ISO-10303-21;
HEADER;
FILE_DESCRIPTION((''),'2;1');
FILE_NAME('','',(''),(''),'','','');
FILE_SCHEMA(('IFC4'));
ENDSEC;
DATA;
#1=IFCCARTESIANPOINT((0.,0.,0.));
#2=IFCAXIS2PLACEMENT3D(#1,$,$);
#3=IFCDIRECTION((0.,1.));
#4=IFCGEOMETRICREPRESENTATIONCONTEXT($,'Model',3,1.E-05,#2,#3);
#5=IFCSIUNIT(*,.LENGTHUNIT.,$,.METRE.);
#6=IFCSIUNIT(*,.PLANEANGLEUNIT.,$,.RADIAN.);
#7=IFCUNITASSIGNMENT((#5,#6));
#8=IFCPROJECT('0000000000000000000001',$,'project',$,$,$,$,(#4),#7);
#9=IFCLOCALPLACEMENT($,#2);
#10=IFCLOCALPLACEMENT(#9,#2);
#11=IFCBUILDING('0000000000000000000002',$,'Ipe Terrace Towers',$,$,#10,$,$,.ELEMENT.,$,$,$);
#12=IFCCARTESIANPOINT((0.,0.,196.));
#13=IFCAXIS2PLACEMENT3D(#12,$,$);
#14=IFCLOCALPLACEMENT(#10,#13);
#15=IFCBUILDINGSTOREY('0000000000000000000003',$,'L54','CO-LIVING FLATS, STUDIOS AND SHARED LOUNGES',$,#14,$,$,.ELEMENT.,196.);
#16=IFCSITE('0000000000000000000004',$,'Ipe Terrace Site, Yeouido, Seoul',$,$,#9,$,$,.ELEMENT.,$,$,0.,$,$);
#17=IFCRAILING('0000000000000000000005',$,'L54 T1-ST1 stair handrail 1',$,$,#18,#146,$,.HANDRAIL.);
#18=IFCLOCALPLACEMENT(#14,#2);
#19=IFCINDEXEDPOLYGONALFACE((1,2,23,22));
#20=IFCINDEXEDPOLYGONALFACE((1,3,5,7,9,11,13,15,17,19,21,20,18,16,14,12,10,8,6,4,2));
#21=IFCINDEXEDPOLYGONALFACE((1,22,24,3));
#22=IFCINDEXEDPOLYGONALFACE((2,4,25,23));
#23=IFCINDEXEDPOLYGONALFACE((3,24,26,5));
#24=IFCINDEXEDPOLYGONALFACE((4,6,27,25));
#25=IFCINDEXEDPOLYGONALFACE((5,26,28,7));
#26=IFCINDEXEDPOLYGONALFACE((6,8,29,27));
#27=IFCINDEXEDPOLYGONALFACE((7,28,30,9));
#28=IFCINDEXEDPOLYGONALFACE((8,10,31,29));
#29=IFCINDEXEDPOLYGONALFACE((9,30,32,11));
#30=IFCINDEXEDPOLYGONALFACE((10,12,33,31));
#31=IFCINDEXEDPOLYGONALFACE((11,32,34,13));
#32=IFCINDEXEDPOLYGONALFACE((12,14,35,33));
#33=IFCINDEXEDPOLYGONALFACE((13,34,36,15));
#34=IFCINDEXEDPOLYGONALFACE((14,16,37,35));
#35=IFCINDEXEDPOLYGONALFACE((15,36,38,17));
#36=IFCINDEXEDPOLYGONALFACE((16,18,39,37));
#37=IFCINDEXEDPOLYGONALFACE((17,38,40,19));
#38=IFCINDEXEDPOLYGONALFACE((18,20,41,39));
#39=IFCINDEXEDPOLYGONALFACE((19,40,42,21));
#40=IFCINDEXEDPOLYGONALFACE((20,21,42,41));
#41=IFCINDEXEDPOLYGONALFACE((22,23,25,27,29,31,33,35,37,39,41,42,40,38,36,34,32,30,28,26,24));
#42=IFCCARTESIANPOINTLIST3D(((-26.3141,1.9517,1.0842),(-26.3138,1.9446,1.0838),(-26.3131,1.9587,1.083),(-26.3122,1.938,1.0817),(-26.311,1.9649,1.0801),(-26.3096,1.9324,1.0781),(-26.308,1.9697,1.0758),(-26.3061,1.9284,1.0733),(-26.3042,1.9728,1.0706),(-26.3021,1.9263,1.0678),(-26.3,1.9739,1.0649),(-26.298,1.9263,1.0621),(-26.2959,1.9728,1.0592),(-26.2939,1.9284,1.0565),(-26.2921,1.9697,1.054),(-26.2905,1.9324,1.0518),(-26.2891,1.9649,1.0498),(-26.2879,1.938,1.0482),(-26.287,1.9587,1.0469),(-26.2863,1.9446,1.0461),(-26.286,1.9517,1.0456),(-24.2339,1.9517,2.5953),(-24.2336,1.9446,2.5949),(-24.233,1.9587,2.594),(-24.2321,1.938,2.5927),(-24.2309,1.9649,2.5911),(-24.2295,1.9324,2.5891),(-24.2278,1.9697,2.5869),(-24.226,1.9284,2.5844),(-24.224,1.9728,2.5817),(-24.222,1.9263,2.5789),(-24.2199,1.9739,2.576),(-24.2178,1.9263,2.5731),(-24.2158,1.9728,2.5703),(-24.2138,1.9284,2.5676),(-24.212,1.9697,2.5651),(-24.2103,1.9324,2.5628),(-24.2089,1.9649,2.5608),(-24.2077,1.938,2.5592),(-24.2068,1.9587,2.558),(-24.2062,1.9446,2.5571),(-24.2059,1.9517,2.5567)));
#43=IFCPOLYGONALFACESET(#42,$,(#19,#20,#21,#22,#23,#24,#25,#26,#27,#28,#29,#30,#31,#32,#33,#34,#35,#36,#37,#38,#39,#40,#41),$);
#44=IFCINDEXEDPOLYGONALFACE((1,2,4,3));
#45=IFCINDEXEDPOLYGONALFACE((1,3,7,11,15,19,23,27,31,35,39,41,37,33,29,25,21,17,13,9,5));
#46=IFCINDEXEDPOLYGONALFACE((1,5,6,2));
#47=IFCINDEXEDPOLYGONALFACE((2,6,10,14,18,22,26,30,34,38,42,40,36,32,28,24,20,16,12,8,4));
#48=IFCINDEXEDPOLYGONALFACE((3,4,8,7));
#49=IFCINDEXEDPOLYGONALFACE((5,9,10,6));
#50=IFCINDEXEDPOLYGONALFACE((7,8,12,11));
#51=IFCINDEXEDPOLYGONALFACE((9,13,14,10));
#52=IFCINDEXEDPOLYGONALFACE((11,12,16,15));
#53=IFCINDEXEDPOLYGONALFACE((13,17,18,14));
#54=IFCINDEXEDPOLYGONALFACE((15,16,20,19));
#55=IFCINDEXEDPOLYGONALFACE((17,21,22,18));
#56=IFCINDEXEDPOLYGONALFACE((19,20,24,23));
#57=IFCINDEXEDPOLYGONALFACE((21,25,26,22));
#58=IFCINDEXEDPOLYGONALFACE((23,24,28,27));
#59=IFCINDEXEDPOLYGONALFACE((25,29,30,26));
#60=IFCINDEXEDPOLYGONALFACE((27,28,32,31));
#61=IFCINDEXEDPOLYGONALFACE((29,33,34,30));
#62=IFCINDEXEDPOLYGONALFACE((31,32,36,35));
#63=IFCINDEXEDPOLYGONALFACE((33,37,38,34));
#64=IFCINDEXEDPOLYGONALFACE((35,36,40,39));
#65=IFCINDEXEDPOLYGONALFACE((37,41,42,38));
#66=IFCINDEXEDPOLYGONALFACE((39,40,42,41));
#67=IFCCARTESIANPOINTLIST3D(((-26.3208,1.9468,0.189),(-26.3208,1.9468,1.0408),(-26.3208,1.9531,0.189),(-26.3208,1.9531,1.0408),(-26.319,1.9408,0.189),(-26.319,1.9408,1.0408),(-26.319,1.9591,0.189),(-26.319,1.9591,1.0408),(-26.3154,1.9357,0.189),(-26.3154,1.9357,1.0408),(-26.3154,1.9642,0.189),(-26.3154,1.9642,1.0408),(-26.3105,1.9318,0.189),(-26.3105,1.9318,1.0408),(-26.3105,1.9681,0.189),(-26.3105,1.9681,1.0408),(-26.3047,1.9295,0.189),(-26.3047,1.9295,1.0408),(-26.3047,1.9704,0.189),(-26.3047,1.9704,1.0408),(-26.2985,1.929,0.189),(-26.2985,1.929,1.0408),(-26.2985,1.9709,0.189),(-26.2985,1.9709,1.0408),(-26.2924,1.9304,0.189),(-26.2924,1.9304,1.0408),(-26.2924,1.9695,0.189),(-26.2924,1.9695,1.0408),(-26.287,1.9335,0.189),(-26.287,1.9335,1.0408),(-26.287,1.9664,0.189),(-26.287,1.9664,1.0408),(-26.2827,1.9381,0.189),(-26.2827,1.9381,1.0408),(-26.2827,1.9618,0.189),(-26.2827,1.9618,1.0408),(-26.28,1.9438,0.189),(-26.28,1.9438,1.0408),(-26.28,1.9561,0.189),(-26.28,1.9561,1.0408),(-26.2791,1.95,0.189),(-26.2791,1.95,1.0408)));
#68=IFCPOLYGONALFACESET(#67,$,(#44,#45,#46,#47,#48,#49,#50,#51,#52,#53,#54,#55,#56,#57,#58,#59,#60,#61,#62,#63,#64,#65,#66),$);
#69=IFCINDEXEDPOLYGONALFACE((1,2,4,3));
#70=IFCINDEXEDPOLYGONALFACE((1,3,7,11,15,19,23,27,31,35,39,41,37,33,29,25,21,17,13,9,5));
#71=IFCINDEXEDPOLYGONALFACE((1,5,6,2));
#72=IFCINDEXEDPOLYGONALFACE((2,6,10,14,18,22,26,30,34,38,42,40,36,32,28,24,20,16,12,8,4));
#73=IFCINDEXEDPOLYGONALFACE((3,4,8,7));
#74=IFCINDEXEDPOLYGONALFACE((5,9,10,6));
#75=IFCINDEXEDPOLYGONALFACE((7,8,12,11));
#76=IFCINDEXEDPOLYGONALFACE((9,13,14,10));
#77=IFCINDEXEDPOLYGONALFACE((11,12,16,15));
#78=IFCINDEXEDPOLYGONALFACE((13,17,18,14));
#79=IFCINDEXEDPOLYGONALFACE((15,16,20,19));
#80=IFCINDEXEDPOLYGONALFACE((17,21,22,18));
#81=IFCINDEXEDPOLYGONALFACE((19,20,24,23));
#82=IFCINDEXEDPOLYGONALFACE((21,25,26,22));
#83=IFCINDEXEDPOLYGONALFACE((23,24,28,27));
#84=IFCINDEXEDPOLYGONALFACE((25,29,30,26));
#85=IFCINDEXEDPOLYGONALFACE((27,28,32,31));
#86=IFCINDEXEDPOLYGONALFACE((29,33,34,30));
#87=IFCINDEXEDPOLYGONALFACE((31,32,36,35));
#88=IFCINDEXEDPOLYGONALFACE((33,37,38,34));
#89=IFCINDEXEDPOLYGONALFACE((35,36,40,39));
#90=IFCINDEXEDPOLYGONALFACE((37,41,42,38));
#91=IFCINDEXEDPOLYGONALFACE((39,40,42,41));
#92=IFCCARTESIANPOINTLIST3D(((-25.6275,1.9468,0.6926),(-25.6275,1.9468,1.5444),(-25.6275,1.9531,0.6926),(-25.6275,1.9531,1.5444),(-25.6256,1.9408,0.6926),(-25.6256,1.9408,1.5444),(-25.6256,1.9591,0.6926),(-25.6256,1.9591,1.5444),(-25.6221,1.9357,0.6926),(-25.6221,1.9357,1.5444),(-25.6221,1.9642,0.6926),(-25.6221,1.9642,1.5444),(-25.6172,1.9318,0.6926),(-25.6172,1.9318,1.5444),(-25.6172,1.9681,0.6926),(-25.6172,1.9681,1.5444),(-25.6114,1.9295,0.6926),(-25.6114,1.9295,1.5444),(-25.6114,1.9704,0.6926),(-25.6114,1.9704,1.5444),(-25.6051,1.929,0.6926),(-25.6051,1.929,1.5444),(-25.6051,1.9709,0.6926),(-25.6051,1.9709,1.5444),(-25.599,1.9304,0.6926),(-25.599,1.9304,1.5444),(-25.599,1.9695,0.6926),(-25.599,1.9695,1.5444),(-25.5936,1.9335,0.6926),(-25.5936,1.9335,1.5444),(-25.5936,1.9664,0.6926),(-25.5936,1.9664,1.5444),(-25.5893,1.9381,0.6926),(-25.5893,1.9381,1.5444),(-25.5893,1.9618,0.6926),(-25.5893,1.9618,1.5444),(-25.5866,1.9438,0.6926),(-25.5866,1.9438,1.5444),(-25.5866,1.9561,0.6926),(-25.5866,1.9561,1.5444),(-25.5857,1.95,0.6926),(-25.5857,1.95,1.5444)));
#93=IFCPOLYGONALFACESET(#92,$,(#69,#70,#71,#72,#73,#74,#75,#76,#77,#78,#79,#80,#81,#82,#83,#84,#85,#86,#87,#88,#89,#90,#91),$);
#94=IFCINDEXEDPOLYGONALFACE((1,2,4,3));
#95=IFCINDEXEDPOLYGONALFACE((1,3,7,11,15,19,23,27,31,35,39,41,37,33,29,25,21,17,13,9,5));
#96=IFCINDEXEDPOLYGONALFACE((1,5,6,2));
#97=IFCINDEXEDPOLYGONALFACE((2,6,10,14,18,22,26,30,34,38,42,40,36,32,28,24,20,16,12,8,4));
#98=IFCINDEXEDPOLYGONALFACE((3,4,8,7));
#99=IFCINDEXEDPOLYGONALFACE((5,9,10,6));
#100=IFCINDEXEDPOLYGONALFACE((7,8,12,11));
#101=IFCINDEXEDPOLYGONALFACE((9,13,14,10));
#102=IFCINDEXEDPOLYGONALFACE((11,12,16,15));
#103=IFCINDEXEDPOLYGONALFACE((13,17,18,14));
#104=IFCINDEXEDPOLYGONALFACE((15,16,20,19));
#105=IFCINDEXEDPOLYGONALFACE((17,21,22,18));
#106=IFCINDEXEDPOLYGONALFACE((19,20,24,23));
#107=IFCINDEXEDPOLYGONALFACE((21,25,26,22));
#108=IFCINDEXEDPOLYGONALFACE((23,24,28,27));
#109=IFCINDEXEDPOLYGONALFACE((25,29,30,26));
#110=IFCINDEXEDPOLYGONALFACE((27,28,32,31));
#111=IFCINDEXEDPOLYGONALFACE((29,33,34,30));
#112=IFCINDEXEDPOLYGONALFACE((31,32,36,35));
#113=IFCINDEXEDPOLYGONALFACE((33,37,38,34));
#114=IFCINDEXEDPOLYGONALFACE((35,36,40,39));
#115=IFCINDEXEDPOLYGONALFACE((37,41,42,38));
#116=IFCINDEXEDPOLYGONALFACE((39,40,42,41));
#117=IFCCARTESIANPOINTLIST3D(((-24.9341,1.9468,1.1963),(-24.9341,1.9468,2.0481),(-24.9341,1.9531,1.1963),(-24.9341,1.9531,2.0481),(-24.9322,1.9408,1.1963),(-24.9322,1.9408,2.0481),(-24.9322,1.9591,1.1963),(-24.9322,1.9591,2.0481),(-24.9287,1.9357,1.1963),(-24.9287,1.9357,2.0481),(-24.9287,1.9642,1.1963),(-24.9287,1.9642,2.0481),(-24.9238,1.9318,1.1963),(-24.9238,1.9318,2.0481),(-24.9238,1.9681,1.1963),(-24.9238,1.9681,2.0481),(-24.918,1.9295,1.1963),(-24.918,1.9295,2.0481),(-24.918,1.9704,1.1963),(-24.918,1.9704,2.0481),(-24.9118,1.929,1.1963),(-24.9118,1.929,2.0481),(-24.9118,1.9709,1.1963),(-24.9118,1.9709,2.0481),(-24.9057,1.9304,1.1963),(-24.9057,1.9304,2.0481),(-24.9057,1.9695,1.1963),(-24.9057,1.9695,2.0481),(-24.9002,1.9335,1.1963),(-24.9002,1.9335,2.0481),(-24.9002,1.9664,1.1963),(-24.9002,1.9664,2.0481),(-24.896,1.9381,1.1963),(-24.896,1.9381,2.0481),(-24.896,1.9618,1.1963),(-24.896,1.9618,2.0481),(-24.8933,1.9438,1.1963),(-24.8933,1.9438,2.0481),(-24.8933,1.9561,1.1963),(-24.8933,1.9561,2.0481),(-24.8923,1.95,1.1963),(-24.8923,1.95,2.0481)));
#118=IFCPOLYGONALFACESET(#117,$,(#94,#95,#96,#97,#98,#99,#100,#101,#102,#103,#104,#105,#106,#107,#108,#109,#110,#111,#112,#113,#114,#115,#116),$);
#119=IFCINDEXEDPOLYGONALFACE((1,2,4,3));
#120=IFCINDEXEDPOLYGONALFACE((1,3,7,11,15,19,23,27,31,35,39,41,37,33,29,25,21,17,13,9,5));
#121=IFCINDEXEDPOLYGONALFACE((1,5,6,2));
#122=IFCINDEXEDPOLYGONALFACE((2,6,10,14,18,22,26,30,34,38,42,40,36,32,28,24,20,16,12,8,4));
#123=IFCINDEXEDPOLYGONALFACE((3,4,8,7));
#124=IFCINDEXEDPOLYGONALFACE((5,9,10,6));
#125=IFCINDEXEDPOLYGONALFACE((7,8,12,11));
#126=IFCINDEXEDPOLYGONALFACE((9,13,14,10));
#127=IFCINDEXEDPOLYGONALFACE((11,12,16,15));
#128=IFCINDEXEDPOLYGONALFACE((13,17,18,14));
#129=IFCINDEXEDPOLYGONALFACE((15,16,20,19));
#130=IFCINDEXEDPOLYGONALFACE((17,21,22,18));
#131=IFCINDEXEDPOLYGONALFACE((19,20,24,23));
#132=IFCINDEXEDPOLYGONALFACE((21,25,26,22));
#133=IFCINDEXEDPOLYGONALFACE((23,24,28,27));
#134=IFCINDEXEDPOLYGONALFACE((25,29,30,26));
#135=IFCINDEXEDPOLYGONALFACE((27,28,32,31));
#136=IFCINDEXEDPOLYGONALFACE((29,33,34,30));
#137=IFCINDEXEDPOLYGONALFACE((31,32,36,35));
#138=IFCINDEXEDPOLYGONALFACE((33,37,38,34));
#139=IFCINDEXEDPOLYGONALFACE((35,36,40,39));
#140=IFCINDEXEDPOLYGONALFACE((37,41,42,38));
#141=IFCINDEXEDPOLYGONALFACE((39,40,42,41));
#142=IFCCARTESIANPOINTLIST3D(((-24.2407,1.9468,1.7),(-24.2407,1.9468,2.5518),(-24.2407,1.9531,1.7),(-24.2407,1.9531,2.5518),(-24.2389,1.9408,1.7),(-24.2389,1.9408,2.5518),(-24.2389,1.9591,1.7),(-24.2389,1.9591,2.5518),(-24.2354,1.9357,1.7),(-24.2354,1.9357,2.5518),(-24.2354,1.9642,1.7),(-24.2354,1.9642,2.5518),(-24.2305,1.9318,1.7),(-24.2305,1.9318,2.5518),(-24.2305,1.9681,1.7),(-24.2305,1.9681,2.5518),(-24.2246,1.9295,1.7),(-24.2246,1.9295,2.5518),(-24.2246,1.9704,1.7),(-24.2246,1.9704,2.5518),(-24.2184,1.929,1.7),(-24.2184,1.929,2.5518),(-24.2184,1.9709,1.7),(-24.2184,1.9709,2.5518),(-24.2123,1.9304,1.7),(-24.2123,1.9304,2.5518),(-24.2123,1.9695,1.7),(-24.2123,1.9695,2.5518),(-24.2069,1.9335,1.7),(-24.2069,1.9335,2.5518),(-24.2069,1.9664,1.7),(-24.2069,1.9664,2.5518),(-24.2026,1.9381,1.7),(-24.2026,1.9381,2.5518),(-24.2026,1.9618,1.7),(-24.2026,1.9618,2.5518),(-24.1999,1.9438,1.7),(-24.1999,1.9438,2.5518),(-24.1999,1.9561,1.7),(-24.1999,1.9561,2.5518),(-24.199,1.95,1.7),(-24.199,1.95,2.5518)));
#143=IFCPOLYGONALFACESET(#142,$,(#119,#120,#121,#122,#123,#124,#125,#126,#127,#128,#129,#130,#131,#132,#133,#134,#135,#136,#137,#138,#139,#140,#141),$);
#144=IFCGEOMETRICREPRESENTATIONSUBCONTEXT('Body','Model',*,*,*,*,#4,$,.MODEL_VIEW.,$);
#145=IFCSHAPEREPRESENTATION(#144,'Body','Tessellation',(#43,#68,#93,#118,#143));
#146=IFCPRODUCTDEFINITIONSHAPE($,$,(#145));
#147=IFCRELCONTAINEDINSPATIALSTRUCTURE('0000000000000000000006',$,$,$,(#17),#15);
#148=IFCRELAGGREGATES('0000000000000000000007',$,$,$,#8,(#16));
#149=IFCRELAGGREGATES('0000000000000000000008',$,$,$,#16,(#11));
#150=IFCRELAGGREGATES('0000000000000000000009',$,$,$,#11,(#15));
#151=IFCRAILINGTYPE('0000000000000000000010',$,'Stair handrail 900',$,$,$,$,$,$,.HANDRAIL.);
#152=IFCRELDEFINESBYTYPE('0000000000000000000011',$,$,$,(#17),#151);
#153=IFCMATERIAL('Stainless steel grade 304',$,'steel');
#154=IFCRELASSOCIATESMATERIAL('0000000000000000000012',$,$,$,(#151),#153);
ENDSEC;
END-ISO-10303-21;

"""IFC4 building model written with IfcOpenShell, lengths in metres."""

from ifc_helpers import new_model, si_unit, direction, frame, origin, origin_2d, place, context, subcontext, project, spatial, circle, extrude, material, type_object, element, save


model = new_model("IFC4")

# Units and contexts
model_context = context("Model", 3, precision=1e-05, world=origin(), true_north=direction((0.0, 1.0)))
body_context = subcontext(model_context, "Body", "Model", "MODEL_VIEW")
ifc_project = project(units=[si_unit("LENGTHUNIT", "METRE"), si_unit("PLANEANGLEUNIT", "RADIAN")], contexts=[model_context])

# Site, building, storey
site_placement = place(None, origin())
site = spatial("IfcSite", under=ifc_project, at=site_placement, Name="Ipe Terrace Site, Yeouido, Seoul", CompositionType="ELEMENT", RefElevation=0.0)
building_placement = place(site_placement, origin())
building = spatial("IfcBuilding", under=site, at=building_placement, Name="Ipe Terrace Towers", CompositionType="ELEMENT")
storey_placement = place(building_placement, frame((0.0, 0.0, 196.0)))
storey = spatial("IfcBuildingStorey", under=building, at=storey_placement, Name="L54", Description="CO-LIVING FLATS, STUDIOS AND SHARED LOUNGES", CompositionType="ELEMENT", Elevation=196.0)

# Railing
ifc_material_1 = material(Name="Stainless steel grade 304", Category="steel")
railing_type_1 = type_object("IfcRailingType", Name="Stair handrail 900", PredefinedType="HANDRAIL", material=ifc_material_1)
railing_1_placement = place(storey_placement, frame((-26.3, 1.95, 0.189)))
element("IfcRailing", 1, at=railing_1_placement, inside=storey, type_object=railing_type_1, Name="L54 T1-ST1 stair handrail 1", PredefinedType="HANDRAIL", context=body_context, shape_type="SweptSolid", body=[
    extrude(circle(Radius=0.0239, at=origin_2d()), frame((0.0, 0.0, 0.876), z_axis=(0.809069, 0.0, 0.587714), x_axis=(0.0, 1.0, 0.0)), (0.0, 0.0, 1.0), 2.571),
    extrude(circle(Radius=0.021, at=origin_2d()), origin(), (0.0, 0.0, 1.0), 0.8518),
    extrude(circle(Radius=0.021, at=origin_2d()), frame((0.6934, 0.0, 0.5037)), (0.0, 0.0, 1.0), 0.8518),
    extrude(circle(Radius=0.021, at=origin_2d()), frame((1.3867, 0.0, 1.0073)), (0.0, 0.0, 1.0), 0.8518),
    extrude(circle(Radius=0.021, at=origin_2d()), frame((2.0801, 0.0, 1.511)), (0.0, 0.0, 1.0), 0.8518),
])

save(model, "model.ifc")
